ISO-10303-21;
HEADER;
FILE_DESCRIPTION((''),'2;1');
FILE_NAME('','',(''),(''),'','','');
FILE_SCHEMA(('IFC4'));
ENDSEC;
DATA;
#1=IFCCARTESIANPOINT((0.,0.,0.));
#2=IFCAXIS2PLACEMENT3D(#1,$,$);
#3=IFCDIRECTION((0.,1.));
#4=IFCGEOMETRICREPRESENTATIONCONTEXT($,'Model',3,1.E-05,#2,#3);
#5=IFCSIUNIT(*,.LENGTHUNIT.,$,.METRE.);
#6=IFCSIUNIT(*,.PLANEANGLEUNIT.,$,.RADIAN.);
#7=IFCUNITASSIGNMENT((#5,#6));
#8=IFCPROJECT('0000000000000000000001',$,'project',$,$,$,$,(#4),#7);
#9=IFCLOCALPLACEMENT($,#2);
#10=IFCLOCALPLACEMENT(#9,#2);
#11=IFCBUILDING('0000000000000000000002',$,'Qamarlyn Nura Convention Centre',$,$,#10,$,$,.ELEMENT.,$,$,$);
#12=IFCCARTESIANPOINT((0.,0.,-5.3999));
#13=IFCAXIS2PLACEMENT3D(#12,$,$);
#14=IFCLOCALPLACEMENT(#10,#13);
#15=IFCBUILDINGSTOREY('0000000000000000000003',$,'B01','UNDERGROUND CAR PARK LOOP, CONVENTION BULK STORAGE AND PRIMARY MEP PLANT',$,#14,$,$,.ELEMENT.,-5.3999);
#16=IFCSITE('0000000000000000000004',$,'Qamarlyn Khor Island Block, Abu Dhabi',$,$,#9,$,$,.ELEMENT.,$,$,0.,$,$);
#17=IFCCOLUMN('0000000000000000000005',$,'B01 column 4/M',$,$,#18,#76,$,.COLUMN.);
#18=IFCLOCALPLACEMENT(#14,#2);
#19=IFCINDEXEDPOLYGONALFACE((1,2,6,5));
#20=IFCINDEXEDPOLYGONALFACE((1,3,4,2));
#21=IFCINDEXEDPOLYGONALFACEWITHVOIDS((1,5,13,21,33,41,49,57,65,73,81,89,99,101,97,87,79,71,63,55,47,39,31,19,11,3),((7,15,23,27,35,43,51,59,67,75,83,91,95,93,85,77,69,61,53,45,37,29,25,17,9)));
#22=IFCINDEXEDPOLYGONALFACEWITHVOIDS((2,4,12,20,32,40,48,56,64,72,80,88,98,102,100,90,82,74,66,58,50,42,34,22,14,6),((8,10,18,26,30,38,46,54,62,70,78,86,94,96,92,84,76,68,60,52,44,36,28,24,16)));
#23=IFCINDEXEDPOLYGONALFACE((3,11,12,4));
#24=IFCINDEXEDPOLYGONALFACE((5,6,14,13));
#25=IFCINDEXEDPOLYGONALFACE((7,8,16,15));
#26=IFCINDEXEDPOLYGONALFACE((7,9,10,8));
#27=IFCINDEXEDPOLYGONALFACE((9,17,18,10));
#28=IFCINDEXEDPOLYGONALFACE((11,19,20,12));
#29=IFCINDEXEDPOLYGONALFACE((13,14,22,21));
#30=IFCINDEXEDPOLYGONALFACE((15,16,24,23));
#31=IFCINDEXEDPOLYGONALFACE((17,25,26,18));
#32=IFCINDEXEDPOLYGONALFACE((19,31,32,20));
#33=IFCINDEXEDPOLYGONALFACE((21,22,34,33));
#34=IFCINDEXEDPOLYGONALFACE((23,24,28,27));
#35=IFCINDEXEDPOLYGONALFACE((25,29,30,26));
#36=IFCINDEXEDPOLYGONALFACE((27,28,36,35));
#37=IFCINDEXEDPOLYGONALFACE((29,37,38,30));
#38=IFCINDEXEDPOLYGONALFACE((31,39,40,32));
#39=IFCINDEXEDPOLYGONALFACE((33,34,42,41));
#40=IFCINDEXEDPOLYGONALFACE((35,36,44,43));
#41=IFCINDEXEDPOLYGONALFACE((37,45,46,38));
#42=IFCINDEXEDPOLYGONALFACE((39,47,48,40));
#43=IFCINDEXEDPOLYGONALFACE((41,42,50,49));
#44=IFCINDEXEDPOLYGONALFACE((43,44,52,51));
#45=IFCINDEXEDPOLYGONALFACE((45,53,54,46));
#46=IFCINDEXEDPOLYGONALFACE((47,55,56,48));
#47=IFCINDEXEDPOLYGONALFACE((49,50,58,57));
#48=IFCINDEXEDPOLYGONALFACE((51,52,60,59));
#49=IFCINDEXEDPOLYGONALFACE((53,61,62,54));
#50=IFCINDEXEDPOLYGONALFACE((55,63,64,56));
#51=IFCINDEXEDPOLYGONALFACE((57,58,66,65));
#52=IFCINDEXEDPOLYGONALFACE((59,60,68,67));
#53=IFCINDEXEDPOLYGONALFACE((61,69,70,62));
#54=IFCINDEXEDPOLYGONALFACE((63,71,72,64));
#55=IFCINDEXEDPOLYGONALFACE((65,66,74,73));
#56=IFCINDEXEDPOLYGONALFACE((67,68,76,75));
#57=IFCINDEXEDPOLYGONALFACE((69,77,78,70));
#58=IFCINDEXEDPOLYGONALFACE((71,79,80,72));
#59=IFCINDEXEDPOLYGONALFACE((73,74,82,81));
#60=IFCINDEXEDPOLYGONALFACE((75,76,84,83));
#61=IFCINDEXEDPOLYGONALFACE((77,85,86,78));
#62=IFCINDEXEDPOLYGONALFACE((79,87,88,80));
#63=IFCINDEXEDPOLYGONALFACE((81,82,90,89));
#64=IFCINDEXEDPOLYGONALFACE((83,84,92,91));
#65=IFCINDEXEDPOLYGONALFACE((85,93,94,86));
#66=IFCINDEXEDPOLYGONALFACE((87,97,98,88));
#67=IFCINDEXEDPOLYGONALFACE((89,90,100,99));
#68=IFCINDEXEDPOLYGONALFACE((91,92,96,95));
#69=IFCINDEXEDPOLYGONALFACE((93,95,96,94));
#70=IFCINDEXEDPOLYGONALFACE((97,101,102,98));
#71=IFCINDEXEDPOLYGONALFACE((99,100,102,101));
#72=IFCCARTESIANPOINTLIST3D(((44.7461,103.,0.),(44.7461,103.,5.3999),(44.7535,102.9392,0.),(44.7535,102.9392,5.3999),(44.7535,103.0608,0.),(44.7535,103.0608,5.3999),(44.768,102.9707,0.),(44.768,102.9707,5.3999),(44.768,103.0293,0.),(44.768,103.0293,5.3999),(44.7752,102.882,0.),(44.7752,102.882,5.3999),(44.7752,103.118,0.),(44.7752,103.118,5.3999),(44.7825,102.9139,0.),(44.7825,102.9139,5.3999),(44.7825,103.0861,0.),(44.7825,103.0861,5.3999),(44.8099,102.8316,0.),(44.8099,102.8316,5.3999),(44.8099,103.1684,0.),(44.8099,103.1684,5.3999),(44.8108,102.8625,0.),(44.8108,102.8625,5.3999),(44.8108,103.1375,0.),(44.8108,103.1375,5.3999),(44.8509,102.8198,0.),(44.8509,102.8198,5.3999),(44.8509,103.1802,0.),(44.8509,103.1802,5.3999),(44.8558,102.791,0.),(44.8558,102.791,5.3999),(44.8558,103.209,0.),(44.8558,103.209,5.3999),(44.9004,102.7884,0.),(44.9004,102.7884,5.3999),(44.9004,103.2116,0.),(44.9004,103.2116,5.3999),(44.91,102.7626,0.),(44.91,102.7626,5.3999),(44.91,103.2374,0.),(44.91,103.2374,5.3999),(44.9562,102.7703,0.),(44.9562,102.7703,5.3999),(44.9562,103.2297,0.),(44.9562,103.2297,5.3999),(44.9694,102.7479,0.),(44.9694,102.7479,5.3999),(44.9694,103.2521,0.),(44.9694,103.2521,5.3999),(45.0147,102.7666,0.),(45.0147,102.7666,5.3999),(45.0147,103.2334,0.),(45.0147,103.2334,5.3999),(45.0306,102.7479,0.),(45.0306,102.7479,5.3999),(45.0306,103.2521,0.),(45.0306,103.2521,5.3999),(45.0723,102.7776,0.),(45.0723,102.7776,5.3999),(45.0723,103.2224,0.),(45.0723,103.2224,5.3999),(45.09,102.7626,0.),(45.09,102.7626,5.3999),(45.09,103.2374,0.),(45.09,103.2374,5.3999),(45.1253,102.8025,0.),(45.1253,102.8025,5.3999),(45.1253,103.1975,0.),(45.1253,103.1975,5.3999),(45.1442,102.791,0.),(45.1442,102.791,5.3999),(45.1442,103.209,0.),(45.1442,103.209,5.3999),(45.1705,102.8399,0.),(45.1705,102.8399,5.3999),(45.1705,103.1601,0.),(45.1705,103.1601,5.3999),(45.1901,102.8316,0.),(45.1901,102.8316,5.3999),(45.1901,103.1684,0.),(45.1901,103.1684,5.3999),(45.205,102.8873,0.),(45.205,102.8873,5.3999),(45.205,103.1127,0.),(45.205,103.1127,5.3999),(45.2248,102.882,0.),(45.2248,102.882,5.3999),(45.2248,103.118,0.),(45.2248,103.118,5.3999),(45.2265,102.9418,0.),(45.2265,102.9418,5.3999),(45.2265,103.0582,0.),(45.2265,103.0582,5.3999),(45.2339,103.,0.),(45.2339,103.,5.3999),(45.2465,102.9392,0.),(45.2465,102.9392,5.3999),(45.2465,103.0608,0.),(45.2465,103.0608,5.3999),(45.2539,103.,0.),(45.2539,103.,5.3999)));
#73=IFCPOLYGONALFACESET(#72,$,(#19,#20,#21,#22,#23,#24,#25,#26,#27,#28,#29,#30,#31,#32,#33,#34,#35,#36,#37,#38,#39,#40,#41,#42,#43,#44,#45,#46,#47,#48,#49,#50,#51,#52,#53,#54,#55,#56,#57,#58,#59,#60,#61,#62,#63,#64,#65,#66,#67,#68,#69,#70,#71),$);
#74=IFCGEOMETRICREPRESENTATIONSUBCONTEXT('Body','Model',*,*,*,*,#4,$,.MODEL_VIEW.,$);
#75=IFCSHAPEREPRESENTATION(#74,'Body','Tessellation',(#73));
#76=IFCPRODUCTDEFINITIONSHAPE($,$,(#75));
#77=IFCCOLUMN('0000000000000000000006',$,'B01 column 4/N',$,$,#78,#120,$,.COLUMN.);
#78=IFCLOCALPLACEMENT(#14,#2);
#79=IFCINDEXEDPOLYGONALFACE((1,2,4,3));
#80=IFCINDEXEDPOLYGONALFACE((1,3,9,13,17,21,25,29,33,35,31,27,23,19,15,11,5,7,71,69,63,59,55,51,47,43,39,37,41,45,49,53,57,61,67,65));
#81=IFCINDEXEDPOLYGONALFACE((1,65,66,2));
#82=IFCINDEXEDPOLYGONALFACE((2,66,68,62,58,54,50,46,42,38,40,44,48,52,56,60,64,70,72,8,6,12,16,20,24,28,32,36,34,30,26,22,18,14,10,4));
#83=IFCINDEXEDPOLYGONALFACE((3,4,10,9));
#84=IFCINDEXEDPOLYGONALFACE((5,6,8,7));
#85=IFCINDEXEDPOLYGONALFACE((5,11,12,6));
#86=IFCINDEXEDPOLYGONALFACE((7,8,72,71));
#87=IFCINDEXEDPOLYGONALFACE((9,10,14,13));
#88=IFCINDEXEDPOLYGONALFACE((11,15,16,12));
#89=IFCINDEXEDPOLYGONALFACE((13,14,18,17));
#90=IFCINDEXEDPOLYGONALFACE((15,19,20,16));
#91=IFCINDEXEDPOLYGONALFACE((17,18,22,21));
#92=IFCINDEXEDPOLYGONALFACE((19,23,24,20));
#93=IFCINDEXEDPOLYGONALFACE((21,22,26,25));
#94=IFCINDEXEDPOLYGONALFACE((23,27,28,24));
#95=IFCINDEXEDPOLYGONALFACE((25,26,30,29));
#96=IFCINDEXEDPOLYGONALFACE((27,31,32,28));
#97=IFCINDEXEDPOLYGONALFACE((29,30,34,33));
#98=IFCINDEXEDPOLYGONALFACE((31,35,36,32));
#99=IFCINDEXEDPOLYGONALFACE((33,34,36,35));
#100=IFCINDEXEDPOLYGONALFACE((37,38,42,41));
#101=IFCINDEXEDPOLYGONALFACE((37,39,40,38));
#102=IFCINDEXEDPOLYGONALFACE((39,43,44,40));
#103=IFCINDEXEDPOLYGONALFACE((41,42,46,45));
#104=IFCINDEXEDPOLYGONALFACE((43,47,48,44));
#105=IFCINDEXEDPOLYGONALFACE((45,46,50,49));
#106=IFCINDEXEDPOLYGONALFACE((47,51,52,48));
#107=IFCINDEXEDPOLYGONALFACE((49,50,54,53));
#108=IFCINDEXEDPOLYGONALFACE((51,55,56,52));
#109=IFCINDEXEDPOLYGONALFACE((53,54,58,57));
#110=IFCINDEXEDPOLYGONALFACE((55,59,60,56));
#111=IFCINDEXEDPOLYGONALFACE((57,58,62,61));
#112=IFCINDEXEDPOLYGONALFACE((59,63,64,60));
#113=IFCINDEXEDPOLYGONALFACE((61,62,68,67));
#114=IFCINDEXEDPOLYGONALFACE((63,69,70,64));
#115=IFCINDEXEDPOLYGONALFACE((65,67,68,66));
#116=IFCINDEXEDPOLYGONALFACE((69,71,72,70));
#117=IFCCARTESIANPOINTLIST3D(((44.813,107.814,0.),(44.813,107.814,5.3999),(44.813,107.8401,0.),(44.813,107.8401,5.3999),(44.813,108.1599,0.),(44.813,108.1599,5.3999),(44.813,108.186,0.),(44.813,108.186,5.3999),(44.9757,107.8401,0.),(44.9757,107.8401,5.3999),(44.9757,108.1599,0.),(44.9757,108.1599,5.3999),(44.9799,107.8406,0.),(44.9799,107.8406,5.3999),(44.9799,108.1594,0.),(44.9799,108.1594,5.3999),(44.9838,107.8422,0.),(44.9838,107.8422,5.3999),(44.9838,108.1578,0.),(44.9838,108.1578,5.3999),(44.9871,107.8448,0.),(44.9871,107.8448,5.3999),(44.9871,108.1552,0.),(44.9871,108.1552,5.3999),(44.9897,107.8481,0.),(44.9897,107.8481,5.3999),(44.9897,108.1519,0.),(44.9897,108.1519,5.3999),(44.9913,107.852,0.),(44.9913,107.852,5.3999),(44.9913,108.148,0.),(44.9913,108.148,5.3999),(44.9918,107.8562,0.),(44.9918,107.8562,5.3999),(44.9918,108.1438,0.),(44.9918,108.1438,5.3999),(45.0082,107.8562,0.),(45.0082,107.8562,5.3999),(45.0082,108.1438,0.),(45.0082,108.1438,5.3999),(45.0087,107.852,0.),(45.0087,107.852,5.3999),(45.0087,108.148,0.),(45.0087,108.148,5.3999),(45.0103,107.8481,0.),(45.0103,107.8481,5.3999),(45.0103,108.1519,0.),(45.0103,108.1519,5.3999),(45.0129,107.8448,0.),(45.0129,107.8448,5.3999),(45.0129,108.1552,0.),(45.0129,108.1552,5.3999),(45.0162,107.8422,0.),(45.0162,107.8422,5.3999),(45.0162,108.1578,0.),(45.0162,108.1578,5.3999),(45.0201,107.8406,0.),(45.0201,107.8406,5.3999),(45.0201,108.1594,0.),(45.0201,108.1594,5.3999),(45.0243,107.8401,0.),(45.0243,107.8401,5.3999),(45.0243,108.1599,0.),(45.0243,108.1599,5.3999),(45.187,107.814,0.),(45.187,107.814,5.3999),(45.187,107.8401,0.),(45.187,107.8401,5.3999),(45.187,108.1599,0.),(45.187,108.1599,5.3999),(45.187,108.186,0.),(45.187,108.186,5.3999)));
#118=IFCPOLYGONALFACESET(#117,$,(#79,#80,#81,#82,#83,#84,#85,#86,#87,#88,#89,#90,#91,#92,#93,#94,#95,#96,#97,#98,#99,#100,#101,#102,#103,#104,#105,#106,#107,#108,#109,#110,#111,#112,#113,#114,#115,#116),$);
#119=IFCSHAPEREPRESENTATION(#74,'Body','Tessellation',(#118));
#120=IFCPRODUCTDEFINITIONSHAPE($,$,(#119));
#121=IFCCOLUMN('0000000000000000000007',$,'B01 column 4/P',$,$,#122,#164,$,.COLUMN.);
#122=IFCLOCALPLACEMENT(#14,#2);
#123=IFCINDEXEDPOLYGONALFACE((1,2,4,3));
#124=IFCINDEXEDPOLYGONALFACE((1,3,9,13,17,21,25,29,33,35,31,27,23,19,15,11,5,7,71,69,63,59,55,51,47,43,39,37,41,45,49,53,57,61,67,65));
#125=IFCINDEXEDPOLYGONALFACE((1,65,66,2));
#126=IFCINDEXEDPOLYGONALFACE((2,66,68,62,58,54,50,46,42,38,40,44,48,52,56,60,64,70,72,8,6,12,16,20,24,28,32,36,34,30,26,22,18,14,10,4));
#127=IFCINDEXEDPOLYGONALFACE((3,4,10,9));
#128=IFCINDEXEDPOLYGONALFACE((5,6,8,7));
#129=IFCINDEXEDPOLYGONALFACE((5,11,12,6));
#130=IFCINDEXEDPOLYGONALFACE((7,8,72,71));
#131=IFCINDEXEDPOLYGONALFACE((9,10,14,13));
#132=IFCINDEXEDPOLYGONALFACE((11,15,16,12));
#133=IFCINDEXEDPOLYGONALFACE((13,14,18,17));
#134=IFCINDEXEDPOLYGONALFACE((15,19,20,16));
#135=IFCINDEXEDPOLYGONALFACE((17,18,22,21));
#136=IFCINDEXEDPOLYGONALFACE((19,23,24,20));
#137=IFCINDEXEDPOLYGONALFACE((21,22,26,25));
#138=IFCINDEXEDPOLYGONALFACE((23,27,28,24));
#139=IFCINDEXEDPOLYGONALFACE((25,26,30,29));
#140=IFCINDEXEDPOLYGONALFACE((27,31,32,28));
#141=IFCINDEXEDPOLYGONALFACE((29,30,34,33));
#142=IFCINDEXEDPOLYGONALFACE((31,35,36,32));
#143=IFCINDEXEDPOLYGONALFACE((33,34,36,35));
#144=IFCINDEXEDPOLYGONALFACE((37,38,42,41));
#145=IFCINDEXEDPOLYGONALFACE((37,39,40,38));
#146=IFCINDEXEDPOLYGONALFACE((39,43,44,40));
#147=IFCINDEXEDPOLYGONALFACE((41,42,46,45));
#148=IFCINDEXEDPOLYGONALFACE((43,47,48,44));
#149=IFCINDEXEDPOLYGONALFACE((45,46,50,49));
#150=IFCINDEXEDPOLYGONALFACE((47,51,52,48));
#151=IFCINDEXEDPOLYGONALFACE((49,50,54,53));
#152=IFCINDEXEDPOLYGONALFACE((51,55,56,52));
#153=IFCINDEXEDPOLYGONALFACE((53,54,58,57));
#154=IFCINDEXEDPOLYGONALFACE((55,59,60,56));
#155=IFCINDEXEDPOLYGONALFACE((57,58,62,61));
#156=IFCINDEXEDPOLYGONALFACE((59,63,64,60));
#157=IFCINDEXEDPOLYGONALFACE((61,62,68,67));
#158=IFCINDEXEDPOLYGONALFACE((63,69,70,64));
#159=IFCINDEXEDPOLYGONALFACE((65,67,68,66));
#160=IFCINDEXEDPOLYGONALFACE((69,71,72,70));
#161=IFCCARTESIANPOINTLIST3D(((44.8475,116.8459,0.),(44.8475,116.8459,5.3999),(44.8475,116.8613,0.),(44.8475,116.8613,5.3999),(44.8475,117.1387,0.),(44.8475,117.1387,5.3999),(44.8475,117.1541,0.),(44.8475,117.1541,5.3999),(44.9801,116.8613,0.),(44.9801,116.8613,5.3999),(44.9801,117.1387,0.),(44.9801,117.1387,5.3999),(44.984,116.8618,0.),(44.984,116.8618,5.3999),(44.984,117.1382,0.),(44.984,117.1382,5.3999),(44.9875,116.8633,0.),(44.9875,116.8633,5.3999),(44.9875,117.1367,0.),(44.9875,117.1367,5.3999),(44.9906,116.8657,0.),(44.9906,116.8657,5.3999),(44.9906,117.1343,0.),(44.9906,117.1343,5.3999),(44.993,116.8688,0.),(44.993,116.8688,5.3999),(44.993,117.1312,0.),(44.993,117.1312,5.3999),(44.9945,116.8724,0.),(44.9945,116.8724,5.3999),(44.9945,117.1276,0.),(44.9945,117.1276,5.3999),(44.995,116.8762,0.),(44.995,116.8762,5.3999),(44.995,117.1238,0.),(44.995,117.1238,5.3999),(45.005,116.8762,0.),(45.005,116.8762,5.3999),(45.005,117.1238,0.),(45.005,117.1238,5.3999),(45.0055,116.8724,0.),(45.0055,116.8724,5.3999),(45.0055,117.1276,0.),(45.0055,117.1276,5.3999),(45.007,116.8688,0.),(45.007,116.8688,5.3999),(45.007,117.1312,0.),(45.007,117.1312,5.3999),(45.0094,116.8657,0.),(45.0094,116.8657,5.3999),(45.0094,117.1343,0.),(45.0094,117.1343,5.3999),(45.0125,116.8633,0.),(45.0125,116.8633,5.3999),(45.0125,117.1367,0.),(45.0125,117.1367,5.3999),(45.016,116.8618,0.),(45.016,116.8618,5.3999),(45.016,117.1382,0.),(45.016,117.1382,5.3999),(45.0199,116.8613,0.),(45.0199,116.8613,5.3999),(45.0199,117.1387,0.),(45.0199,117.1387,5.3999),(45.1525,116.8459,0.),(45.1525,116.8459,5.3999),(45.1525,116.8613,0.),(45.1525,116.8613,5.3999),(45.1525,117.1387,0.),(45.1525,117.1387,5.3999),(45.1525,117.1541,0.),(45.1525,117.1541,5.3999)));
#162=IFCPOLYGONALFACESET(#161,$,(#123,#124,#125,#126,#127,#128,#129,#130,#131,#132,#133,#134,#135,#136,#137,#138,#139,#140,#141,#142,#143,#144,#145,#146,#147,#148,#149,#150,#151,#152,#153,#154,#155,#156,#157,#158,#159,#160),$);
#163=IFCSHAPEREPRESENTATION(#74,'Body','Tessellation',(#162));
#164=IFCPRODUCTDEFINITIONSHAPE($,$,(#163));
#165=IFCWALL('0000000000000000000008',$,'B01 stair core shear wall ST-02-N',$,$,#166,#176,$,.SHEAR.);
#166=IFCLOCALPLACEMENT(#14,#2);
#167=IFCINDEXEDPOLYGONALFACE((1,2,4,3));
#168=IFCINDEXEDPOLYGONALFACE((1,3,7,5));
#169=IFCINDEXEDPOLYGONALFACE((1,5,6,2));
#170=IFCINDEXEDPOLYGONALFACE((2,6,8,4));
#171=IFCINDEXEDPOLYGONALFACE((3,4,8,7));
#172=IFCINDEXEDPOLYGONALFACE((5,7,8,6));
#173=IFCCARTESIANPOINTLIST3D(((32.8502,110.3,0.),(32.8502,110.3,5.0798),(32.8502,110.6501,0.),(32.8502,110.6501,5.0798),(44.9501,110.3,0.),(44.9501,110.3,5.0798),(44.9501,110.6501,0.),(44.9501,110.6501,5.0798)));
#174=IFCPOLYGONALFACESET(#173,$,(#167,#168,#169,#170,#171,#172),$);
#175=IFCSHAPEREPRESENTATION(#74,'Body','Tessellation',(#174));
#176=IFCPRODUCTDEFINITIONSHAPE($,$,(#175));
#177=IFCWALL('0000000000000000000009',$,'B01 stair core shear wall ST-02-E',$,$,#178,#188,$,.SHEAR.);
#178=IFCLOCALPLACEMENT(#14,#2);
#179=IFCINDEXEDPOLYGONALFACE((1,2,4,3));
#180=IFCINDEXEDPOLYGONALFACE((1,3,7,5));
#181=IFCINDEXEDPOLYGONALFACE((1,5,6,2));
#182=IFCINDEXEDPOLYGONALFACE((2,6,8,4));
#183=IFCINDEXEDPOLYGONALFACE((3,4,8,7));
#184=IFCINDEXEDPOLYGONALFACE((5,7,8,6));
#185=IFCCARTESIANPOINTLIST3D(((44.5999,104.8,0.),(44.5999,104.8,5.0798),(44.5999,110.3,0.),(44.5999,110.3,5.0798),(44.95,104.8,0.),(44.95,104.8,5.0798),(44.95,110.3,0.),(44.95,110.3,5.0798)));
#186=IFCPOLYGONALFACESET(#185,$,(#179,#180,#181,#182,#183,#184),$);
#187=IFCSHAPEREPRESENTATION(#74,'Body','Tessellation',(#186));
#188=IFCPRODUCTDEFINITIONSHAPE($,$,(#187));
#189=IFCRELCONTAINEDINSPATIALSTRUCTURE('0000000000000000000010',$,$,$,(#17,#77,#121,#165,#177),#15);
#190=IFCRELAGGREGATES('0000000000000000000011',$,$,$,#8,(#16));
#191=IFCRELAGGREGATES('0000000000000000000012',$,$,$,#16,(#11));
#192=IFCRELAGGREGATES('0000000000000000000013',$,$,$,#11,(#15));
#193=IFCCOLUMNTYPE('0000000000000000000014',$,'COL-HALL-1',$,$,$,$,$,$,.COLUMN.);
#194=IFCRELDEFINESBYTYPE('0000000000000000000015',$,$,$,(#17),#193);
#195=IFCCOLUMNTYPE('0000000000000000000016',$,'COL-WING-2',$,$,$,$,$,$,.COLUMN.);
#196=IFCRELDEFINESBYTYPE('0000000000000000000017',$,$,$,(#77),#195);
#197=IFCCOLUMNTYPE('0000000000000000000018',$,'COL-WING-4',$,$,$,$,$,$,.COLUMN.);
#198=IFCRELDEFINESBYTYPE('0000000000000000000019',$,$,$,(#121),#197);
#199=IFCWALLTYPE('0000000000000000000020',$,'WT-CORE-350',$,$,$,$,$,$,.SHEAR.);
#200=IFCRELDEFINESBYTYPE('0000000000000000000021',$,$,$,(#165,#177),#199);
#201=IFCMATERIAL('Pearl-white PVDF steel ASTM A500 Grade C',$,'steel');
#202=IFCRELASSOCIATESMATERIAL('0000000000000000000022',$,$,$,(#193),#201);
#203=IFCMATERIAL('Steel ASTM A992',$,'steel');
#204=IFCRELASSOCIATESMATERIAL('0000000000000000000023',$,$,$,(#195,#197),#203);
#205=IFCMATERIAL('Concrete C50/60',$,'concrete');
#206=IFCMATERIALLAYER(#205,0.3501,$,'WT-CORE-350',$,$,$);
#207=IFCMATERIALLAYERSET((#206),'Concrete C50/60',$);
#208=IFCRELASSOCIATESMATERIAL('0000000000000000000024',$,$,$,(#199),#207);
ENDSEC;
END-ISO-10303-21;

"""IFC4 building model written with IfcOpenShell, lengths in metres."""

from ifc_helpers import new_model, si_unit, direction, frame, frame_2d, origin, origin_2d, place, context, subcontext, project, spatial, rectangle, hollow_circle, i_section, extrude, material, layer, layer_set, material_profile, profile_set, type_object, element, save


model = new_model("IFC4")

# Units and contexts
model_context = context("Model", 3, precision=1e-05, world=origin(), true_north=direction((0.0, 1.0)))
body_context = subcontext(model_context, "Body", "Model", "MODEL_VIEW")
ifc_project = project(units=[si_unit("LENGTHUNIT", "METRE"), si_unit("PLANEANGLEUNIT", "RADIAN")], contexts=[model_context])

# Site, building, storey
site_placement = place(None, origin())
site = spatial("IfcSite", under=ifc_project, at=site_placement, Name="Qamarlyn Khor Island Block, Abu Dhabi", CompositionType="ELEMENT", RefElevation=0.0)
building_placement = place(site_placement, origin())
building = spatial("IfcBuilding", under=site, at=building_placement, Name="Qamarlyn Nura Convention Centre", CompositionType="ELEMENT")
storey_placement = place(building_placement, frame((0.0, 0.0, -5.3999)))
storey = spatial("IfcBuildingStorey", under=building, at=storey_placement, Name="B01", Description="UNDERGROUND CAR PARK LOOP, CONVENTION BULK STORAGE AND PRIMARY MEP PLANT", CompositionType="ELEMENT", Elevation=-5.3999)

# Columns
ifc_material_1 = material(Name="Pearl-white PVDF steel ASTM A500 Grade C", Category="steel")
ifc_material_profile_1 = material_profile(ifc_material_1, hollow_circle(Radius=0.2539, WallThickness=0.02, at=origin_2d()), Name="CHS508X20")
ifc_profile_set_1 = profile_set([ifc_material_profile_1], Name="Pearl-white PVDF steel ASTM A500 Grade C")
column_type_1 = type_object("IfcColumnType", Name="COL-HALL-1", PredefinedType="COLUMN", material=ifc_profile_set_1)
column_1_placement = place(storey_placement, frame((45.0, 103.0, 0.0), z_axis=(0.0, 0.0, 1.0), x_axis=(1.0, 0.0, 0.0)))
element("IfcColumn", 1, at=column_1_placement, inside=storey, type_object=column_type_1, Name="B01 column 4/M", PredefinedType="COLUMN", context=body_context, shape_type="SweptSolid", body=[
    extrude(hollow_circle(Radius=0.2539, WallThickness=0.02, at=origin_2d()), origin(), (0.0, 0.0, 1.0), 5.3999),
])
ifc_material_2 = material(Name="Steel ASTM A992", Category="steel")
ifc_material_profile_2 = material_profile(ifc_material_2, i_section(OverallWidth=0.374, OverallDepth=0.3721, WebThickness=0.0164, FlangeThickness=0.0261, FilletRadius=0.0161, at=origin_2d()), Name="W360X196")
ifc_profile_set_2 = profile_set([ifc_material_profile_2], Name="Steel ASTM A992")
column_type_2 = type_object("IfcColumnType", Name="COL-WING-2", PredefinedType="COLUMN", material=ifc_profile_set_2)
column_2_placement = place(storey_placement, frame((45.0, 108.0, 0.0), z_axis=(0.0, 0.0, 1.0), x_axis=(1.0, 0.0, 0.0)))
element("IfcColumn", 2, at=column_2_placement, inside=storey, type_object=column_type_2, Name="B01 column 4/N", PredefinedType="COLUMN", context=body_context, shape_type="SweptSolid", body=[
    extrude(i_section(OverallWidth=0.374, OverallDepth=0.3721, WebThickness=0.0164, FlangeThickness=0.0261, FilletRadius=0.0161, at=origin_2d()), origin(), (0.0, 0.0, 1.0), 5.3999),
])
ifc_material_profile_3 = material_profile(ifc_material_2, i_section(OverallWidth=0.3049, OverallDepth=0.3081, WebThickness=0.01, FlangeThickness=0.0154, FilletRadius=0.0149, at=origin_2d()), Name="W310X97")
ifc_profile_set_3 = profile_set([ifc_material_profile_3], Name="Steel ASTM A992")
column_type_3 = type_object("IfcColumnType", Name="COL-WING-4", PredefinedType="COLUMN", material=ifc_profile_set_3)
column_3_placement = place(storey_placement, frame((45.0, 117.0, 0.0), z_axis=(0.0, 0.0, 1.0), x_axis=(1.0, 0.0, 0.0)))
element("IfcColumn", 3, at=column_3_placement, inside=storey, type_object=column_type_3, Name="B01 column 4/P", PredefinedType="COLUMN", context=body_context, shape_type="SweptSolid", body=[
    extrude(i_section(OverallWidth=0.3049, OverallDepth=0.3081, WebThickness=0.01, FlangeThickness=0.0154, FilletRadius=0.0149, at=origin_2d()), origin(), (0.0, 0.0, 1.0), 5.3999),
])

# Walls
ifc_material_3 = material(Name="Concrete C50/60", Category="concrete")
ifc_layer = layer(ifc_material_3, 0.3501, Name="WT-CORE-350")
ifc_layer_set = layer_set([ifc_layer], Name="Concrete C50/60")
wall_type = type_object("IfcWallType", Name="WT-CORE-350", PredefinedType="SHEAR", material=ifc_layer_set)
wall_1_placement = place(storey_placement, frame((44.95, 110.4751, 0.0), z_axis=(0.0, 0.0, 1.0), x_axis=(-1.0, 0.0, 0.0)))
element("IfcWall", 4, at=wall_1_placement, inside=storey, type_object=wall_type, Name="B01 stair core shear wall ST-02-N", PredefinedType="SHEAR", context=body_context, shape_type="SweptSolid", body=[
    extrude(rectangle(XDim=12.0999, YDim=0.3501, at=frame_2d((6.0498, 0.0))), origin(), (0.0, 0.0, 1.0), 5.0798),
])
wall_2_placement = place(storey_placement, frame((44.7749, 104.8, 0.0), z_axis=(0.0, 0.0, 1.0), x_axis=(0.0, 1.0, 0.0)))
element("IfcWall", 5, at=wall_2_placement, inside=storey, type_object=wall_type, Name="B01 stair core shear wall ST-02-E", PredefinedType="SHEAR", context=body_context, shape_type="SweptSolid", body=[
    extrude(rectangle(XDim=5.5, YDim=0.3501, at=frame_2d((2.75, 0.0))), origin(), (0.0, 0.0, 1.0), 5.0798),
])

save(model, "model.ifc")
